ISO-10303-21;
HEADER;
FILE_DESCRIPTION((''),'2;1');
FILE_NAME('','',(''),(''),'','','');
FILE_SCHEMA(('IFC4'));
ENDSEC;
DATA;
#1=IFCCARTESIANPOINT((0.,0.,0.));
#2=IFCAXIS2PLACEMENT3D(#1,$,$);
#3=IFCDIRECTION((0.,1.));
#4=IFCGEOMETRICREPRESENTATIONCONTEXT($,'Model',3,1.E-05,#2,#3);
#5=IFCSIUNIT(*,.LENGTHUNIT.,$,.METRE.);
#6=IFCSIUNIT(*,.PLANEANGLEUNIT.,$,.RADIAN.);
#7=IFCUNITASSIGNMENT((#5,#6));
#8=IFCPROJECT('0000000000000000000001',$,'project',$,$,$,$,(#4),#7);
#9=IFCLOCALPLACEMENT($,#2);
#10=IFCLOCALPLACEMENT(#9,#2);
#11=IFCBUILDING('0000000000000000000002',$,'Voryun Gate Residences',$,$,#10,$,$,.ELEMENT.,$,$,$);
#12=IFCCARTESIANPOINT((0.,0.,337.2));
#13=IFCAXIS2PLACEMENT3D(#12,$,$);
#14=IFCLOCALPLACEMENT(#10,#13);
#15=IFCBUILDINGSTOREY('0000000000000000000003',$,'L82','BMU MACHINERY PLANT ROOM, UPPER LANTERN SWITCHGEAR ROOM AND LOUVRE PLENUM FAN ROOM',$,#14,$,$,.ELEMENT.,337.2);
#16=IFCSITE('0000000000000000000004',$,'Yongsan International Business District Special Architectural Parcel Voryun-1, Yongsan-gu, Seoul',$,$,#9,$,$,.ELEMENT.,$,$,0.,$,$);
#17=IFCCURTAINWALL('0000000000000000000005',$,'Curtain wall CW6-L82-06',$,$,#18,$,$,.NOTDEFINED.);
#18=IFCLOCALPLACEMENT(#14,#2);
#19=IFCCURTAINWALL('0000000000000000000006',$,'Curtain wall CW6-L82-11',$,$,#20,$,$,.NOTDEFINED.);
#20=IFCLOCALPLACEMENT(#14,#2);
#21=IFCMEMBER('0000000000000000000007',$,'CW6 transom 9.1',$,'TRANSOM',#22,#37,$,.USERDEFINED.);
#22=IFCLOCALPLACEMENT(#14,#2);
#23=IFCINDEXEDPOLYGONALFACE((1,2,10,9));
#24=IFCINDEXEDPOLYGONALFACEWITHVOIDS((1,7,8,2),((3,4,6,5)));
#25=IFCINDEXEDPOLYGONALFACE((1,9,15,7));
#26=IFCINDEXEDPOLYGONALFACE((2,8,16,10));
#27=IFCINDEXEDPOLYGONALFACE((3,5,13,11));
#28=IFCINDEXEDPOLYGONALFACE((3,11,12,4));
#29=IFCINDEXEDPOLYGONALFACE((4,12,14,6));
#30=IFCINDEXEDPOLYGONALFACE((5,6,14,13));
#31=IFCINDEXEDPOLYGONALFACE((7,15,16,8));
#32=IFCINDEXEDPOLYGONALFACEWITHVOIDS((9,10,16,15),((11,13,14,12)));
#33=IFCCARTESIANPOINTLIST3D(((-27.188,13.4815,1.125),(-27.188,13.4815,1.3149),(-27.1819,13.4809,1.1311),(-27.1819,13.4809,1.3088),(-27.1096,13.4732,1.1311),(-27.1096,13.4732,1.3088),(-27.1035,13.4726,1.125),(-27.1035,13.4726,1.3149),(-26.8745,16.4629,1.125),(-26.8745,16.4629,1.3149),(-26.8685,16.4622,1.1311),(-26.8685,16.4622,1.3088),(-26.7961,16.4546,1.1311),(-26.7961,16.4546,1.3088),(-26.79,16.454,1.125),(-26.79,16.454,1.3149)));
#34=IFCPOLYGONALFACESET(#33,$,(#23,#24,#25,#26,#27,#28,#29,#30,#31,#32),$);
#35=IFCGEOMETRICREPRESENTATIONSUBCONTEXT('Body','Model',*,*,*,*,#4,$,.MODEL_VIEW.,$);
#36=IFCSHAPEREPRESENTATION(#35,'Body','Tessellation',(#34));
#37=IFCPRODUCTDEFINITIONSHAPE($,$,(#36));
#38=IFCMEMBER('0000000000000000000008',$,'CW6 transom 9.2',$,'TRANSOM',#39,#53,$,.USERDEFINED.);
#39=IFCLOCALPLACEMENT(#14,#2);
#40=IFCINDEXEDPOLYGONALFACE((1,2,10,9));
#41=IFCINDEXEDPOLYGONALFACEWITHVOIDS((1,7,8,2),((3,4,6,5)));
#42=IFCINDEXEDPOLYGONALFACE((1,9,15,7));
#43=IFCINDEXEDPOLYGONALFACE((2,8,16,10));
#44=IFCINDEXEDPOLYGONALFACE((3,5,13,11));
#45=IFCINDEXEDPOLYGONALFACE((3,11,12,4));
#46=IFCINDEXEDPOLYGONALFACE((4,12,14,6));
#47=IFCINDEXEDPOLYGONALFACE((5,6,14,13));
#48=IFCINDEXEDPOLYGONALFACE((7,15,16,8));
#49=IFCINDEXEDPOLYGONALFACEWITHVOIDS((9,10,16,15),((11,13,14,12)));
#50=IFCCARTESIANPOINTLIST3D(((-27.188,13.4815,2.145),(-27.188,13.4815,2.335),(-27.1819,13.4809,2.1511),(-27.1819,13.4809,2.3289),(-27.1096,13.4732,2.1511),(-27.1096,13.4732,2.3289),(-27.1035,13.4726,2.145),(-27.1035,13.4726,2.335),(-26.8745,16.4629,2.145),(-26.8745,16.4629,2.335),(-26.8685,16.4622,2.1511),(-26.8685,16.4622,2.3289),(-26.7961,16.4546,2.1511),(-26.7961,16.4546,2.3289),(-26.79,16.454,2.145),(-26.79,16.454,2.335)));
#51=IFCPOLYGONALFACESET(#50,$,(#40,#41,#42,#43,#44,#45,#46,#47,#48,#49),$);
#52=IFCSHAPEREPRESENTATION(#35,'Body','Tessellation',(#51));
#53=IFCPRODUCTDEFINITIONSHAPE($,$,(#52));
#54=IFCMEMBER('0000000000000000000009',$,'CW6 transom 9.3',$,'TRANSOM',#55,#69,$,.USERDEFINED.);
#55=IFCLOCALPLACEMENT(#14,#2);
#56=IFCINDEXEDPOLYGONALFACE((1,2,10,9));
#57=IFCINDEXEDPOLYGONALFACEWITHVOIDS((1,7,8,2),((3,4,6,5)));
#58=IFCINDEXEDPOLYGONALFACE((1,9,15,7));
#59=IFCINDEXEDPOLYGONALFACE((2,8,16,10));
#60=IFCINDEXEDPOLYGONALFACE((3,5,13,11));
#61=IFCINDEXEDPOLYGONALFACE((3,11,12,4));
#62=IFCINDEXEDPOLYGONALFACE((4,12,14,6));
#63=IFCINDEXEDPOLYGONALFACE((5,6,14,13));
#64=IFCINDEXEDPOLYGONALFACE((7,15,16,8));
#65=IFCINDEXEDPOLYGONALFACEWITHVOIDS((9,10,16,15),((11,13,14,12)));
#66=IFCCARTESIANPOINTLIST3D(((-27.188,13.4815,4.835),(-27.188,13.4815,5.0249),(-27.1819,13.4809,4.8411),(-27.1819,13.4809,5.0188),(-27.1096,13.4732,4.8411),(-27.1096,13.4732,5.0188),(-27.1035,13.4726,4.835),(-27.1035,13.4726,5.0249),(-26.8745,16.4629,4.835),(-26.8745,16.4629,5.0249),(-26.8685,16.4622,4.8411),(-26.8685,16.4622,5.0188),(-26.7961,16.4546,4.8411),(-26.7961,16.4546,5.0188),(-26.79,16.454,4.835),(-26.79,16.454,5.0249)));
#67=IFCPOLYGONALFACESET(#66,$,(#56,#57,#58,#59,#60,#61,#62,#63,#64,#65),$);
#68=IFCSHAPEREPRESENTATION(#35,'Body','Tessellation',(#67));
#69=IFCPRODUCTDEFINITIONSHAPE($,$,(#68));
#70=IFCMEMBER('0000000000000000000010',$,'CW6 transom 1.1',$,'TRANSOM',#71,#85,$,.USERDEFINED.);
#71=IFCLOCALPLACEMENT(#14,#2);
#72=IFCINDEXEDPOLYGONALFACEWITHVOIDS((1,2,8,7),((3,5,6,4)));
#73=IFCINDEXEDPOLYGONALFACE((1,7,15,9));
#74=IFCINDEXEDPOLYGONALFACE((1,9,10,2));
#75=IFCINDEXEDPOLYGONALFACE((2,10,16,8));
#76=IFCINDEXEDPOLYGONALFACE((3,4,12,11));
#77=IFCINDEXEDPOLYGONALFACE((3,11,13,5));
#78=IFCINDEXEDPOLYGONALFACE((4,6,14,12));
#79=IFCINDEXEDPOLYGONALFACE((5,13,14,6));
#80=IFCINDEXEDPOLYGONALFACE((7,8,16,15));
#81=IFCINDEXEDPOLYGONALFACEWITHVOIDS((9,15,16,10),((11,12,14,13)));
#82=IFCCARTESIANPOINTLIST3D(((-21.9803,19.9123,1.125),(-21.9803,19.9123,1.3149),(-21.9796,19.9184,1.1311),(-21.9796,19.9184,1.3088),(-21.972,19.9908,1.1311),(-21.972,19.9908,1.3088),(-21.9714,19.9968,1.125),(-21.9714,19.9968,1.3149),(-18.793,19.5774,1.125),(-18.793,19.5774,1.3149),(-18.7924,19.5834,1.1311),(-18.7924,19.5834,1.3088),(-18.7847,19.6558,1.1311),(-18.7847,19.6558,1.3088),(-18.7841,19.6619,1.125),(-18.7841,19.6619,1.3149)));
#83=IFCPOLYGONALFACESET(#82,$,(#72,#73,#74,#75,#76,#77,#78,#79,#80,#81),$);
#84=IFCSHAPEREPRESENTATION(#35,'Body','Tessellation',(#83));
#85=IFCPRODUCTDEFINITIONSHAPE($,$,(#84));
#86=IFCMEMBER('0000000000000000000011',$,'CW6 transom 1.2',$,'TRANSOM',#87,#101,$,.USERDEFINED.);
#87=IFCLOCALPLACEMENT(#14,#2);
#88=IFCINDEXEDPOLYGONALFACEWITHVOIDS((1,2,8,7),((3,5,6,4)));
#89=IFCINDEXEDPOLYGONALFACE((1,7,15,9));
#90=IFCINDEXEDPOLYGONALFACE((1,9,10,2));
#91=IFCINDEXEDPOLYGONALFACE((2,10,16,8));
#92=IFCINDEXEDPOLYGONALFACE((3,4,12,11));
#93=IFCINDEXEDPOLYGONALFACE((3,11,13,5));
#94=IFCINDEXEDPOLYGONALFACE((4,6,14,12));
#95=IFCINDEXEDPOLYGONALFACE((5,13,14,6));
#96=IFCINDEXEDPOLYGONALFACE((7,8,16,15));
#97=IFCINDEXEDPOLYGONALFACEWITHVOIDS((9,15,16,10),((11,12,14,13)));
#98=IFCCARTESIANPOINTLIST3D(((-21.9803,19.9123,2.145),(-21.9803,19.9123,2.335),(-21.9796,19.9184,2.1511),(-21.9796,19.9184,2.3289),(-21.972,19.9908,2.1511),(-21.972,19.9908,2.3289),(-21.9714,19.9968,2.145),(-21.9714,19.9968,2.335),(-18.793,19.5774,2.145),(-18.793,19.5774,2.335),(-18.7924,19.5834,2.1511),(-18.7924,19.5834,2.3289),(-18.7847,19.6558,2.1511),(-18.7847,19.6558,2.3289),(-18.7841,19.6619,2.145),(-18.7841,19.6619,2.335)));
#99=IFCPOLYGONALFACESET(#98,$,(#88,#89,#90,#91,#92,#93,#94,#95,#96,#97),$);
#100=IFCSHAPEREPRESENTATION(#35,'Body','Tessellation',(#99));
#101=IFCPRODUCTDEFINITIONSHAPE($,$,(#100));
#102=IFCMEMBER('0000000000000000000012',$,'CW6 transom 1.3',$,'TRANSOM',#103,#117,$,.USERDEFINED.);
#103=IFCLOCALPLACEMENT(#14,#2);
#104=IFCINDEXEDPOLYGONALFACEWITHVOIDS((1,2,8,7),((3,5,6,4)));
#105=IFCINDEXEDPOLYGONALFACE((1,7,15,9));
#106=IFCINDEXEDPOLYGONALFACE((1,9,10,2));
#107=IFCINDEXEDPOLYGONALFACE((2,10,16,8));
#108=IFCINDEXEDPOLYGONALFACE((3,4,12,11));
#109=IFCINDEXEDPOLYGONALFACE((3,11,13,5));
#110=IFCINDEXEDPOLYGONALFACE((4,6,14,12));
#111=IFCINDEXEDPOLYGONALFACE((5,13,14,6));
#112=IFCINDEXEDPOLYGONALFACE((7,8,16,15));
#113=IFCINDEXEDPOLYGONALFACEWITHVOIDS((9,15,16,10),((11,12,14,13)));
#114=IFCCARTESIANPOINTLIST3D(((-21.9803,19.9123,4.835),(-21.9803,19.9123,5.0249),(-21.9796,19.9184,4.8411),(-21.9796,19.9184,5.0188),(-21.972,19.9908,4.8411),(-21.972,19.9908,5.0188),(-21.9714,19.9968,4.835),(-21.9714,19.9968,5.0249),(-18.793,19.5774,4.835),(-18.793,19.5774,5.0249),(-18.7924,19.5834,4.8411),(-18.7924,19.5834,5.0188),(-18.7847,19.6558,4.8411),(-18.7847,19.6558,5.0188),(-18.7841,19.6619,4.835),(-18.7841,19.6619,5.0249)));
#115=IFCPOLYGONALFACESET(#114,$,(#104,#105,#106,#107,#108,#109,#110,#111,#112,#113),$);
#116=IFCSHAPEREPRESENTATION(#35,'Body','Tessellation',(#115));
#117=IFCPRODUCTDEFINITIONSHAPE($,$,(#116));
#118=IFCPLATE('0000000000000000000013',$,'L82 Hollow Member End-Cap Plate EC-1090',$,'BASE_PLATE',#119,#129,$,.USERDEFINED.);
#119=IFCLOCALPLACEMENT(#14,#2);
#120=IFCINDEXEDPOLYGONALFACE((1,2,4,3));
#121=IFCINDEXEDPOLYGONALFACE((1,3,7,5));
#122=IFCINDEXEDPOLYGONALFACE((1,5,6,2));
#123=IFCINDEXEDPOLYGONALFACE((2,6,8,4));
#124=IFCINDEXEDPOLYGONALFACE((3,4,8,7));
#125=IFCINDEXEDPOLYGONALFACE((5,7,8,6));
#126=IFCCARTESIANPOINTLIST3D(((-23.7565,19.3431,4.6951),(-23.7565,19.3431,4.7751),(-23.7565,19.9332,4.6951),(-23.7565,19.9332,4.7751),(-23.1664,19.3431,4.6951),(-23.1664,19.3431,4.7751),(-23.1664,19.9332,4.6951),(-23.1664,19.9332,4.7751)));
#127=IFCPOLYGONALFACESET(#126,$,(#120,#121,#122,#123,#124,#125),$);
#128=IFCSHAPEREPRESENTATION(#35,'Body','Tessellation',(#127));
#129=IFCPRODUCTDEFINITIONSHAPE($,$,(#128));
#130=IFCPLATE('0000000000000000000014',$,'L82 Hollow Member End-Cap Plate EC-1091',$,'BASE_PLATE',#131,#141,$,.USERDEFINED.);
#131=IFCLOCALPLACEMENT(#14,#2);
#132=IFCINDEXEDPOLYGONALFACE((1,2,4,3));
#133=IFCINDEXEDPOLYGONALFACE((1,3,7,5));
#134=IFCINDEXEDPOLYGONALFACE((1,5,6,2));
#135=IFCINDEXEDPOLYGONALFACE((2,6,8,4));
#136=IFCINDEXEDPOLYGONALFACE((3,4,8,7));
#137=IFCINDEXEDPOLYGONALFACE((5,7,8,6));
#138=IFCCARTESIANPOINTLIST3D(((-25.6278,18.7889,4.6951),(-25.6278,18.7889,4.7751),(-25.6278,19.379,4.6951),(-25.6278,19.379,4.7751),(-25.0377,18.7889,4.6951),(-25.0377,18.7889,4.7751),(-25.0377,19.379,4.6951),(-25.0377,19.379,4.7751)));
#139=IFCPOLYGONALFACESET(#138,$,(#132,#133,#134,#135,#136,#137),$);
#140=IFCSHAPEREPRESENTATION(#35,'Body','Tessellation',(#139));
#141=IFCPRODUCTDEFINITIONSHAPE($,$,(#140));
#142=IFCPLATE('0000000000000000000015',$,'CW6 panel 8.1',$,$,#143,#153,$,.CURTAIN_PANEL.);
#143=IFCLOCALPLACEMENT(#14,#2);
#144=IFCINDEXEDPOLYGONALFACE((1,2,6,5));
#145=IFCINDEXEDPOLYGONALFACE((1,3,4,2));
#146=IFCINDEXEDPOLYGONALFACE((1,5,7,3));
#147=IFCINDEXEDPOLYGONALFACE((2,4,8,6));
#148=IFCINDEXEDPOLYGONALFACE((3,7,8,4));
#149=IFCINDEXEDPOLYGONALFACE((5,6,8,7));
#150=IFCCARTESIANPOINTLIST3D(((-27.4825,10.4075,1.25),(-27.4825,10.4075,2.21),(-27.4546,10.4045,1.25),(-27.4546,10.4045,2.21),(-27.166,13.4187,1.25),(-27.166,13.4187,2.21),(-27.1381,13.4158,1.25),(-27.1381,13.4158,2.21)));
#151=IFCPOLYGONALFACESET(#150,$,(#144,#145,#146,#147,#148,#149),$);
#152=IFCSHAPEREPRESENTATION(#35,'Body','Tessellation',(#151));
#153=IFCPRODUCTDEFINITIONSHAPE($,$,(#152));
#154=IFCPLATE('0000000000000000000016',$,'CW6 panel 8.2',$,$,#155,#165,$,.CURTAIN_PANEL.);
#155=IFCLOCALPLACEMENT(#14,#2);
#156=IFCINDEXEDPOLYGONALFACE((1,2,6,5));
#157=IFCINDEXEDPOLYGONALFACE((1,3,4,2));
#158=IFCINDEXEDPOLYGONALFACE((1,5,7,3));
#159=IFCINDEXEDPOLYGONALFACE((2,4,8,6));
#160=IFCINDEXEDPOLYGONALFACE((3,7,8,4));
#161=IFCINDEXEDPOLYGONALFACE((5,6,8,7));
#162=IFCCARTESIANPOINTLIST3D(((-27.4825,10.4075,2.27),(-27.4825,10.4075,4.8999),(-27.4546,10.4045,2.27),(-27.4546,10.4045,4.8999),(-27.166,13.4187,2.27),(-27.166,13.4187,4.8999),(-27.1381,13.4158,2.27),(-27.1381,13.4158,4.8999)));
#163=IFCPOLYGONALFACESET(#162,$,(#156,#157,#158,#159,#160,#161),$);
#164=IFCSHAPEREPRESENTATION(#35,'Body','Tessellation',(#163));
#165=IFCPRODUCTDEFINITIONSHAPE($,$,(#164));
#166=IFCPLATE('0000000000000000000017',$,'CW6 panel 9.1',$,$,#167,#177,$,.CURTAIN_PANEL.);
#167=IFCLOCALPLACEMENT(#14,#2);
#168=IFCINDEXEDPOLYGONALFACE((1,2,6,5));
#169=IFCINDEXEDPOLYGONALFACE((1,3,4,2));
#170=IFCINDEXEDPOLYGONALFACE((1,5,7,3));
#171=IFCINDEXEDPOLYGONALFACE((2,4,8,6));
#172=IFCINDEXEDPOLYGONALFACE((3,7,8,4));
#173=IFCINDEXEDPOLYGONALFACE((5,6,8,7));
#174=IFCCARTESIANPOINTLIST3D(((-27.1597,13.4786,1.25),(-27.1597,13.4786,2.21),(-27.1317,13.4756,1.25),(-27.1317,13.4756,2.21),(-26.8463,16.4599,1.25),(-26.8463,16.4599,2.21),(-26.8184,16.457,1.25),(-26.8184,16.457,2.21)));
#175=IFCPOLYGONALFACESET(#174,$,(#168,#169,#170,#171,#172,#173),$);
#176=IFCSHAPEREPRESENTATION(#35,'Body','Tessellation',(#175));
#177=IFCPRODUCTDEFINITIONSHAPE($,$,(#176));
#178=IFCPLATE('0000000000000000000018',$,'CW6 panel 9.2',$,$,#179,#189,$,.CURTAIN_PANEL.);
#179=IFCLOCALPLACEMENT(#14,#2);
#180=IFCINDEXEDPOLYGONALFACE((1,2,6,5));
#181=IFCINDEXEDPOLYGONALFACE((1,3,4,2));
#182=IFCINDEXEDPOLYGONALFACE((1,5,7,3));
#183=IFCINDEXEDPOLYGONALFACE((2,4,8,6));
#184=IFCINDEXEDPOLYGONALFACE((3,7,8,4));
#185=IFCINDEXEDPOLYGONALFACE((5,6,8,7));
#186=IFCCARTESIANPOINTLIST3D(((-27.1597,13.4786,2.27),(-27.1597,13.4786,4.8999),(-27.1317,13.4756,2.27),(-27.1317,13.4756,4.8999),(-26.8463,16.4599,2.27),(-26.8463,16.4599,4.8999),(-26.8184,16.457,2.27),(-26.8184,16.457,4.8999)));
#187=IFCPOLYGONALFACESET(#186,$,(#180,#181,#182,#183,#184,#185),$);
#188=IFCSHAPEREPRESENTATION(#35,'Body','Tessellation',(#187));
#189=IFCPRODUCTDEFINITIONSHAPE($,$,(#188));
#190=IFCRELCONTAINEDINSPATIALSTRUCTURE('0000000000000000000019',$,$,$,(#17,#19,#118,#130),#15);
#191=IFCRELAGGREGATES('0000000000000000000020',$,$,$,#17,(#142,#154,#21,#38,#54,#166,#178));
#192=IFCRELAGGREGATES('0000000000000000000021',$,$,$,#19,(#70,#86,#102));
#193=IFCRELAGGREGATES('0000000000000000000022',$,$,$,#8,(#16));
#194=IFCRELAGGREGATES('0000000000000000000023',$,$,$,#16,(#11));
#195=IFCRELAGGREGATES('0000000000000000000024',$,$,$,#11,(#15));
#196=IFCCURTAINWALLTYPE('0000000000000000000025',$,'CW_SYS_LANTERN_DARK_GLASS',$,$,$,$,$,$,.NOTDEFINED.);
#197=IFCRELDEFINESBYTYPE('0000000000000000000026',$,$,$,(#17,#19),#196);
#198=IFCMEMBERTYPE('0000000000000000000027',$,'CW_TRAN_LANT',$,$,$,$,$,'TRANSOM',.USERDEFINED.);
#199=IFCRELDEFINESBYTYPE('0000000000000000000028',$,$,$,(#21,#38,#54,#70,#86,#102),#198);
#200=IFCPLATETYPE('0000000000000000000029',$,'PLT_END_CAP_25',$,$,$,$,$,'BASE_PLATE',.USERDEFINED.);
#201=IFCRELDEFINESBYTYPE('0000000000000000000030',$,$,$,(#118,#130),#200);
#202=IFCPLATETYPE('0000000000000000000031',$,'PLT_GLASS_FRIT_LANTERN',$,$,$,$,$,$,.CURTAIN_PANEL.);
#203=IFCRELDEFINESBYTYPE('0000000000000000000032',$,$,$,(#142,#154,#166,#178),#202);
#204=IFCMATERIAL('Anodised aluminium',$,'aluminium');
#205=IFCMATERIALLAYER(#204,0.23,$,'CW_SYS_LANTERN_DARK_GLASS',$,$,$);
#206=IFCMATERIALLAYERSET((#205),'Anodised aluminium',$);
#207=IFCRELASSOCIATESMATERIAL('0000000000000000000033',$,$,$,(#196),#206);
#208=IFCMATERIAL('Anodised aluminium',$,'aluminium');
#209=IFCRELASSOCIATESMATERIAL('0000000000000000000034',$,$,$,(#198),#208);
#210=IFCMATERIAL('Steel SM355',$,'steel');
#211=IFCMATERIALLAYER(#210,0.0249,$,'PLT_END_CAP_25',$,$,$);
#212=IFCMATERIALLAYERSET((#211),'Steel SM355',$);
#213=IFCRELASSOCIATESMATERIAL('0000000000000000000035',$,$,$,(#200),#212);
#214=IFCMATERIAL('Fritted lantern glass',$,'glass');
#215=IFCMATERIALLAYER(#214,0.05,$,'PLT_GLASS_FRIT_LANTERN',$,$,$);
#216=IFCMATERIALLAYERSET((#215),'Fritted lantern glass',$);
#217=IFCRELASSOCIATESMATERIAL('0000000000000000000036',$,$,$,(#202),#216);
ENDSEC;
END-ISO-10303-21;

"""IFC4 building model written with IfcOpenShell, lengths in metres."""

from ifc_helpers import new_model, si_unit, direction, frame, origin, origin_2d, place, context, subcontext, project, spatial, rectangle, hollow_rectangle, extrude, material, layer, layer_set, material_profile, profile_set, type_object, element, aggregate, save


model = new_model("IFC4")

# Units and contexts
model_context = context("Model", 3, precision=1e-05, world=origin(), true_north=direction((0.0, 1.0)))
body_context = subcontext(model_context, "Body", "Model", "MODEL_VIEW")
ifc_project = project(units=[si_unit("LENGTHUNIT", "METRE"), si_unit("PLANEANGLEUNIT", "RADIAN")], contexts=[model_context])

# Site, building, storey
site_placement = place(None, origin())
site = spatial("IfcSite", under=ifc_project, at=site_placement, Name="Yongsan International Business District Special Architectural Parcel Voryun-1, Yongsan-gu, Seoul", CompositionType="ELEMENT", RefElevation=0.0)
building_placement = place(site_placement, origin())
building = spatial("IfcBuilding", under=site, at=building_placement, Name="Voryun Gate Residences", CompositionType="ELEMENT")
storey_placement = place(building_placement, frame((0.0, 0.0, 337.2)))
storey = spatial("IfcBuildingStorey", under=building, at=storey_placement, Name="L82", Description="BMU MACHINERY PLANT ROOM, UPPER LANTERN SWITCHGEAR ROOM AND LOUVRE PLENUM FAN ROOM", CompositionType="ELEMENT", Elevation=337.2)

# Curtain wall
ifc_material_1 = material(Name="Anodised aluminium", Category="aluminium")
ifc_layer_1 = layer(ifc_material_1, 0.23, Name="CW_SYS_LANTERN_DARK_GLASS")
ifc_layer_set_1 = layer_set([ifc_layer_1], Name="Anodised aluminium")
curtain_wall_type = type_object("IfcCurtainWallType", Name="CW_SYS_LANTERN_DARK_GLASS", PredefinedType="NOTDEFINED", material=ifc_layer_set_1)
curtain_wall_1_placement = place(storey_placement, origin())
curtain_wall_1 = element("IfcCurtainWall", 1, at=curtain_wall_1_placement, inside=storey, type_object=curtain_wall_type, Name="Curtain wall CW6-L82-06", PredefinedType="NOTDEFINED")

# Curtain wall
curtain_wall_2_placement = place(storey_placement, origin())
curtain_wall_2 = element("IfcCurtainWall", 2, at=curtain_wall_2_placement, inside=storey, type_object=curtain_wall_type, Name="Curtain wall CW6-L82-11", PredefinedType="NOTDEFINED")

# Members
ifc_material_2 = material(Name="Anodised aluminium", Category="aluminium")
ifc_material_profile_1 = material_profile(ifc_material_2, hollow_rectangle(XDim=0.085, YDim=0.1899, WallThickness=0.0061, at=origin_2d()), Name="ALU-TRAN-190x85x6")
ifc_profile_set_1 = profile_set([ifc_material_profile_1], Name="Anodised aluminium")
member_type_1 = type_object("IfcMemberType", Name="CW_TRAN_LANT", ElementType="TRANSOM", PredefinedType="USERDEFINED", material=ifc_profile_set_1)
member_1_placement = place(storey_placement, frame((-27.1458, 13.4771, 1.22), z_axis=(0.104566, 0.994518, 0.0), x_axis=(-0.994518, 0.104566, 0.0)))
member_1 = element("IfcMember", 3, at=member_1_placement, type_object=member_type_1, Name="CW6 transom 9.1", ObjectType="TRANSOM", PredefinedType="USERDEFINED", context=body_context, shape_type="SweptSolid", body=[
    extrude(hollow_rectangle(XDim=0.085, YDim=0.1899, WallThickness=0.0061, at=origin_2d()), origin(), (0.0, 0.0, 1.0), 2.9978),
])
member_2_placement = place(storey_placement, frame((-27.1458, 13.4771, 2.24), z_axis=(0.104566, 0.994518, 0.0), x_axis=(-0.994518, 0.104566, 0.0)))
member_2 = element("IfcMember", 4, at=member_2_placement, type_object=member_type_1, Name="CW6 transom 9.2", ObjectType="TRANSOM", PredefinedType="USERDEFINED", context=body_context, shape_type="SweptSolid", body=[
    extrude(hollow_rectangle(XDim=0.085, YDim=0.1899, WallThickness=0.0061, at=origin_2d()), origin(), (0.0, 0.0, 1.0), 2.9978),
])
member_3_placement = place(storey_placement, frame((-27.1458, 13.4771, 4.9299), z_axis=(0.104566, 0.994518, 0.0), x_axis=(-0.994518, 0.104566, 0.0)))
member_3 = element("IfcMember", 5, at=member_3_placement, type_object=member_type_1, Name="CW6 transom 9.3", ObjectType="TRANSOM", PredefinedType="USERDEFINED", context=body_context, shape_type="SweptSolid", body=[
    extrude(hollow_rectangle(XDim=0.085, YDim=0.1899, WallThickness=0.0061, at=origin_2d()), origin(), (0.0, 0.0, 1.0), 2.9978),
])
member_4_placement = place(storey_placement, frame((-21.9758, 19.9546, 1.22), z_axis=(0.994523, -0.104518, 0.0), x_axis=(0.104518, 0.994523, 0.0)))
member_4 = element("IfcMember", 6, at=member_4_placement, type_object=member_type_1, Name="CW6 transom 1.1", ObjectType="TRANSOM", PredefinedType="USERDEFINED", context=body_context, shape_type="SweptSolid", body=[
    extrude(hollow_rectangle(XDim=0.085, YDim=0.1899, WallThickness=0.0061, at=origin_2d()), origin(), (0.0, 0.0, 1.0), 3.2048),
])
member_5_placement = place(storey_placement, frame((-21.9758, 19.9546, 2.24), z_axis=(0.994523, -0.104518, 0.0), x_axis=(0.104518, 0.994523, 0.0)))
member_5 = element("IfcMember", 7, at=member_5_placement, type_object=member_type_1, Name="CW6 transom 1.2", ObjectType="TRANSOM", PredefinedType="USERDEFINED", context=body_context, shape_type="SweptSolid", body=[
    extrude(hollow_rectangle(XDim=0.085, YDim=0.1899, WallThickness=0.0061, at=origin_2d()), origin(), (0.0, 0.0, 1.0), 3.2048),
])
member_6_placement = place(storey_placement, frame((-21.9758, 19.9546, 4.9299), z_axis=(0.994523, -0.104518, 0.0), x_axis=(0.104518, 0.994523, 0.0)))
member_6 = element("IfcMember", 8, at=member_6_placement, type_object=member_type_1, Name="CW6 transom 1.3", ObjectType="TRANSOM", PredefinedType="USERDEFINED", context=body_context, shape_type="SweptSolid", body=[
    extrude(hollow_rectangle(XDim=0.085, YDim=0.1899, WallThickness=0.0061, at=origin_2d()), origin(), (0.0, 0.0, 1.0), 3.2048),
])

# Plates
ifc_material_3 = material(Name="Steel SM355", Category="steel")
ifc_layer_2 = layer(ifc_material_3, 0.0249, Name="PLT_END_CAP_25")
ifc_layer_set_2 = layer_set([ifc_layer_2], Name="Steel SM355")
plate_type_1 = type_object("IfcPlateType", Name="PLT_END_CAP_25", ElementType="BASE_PLATE", PredefinedType="USERDEFINED", material=ifc_layer_set_2)
for number, where, z_axis, x_axis, name in (
    (9, (-23.4614, 19.6382, 4.6951), (0.0, 0.0, 1.0), (1.0, 0.0, 0.0), "L82 Hollow Member End-Cap Plate EC-1090"),
    (10, (-25.3328, 19.084, 4.6951), (0.0, 0.0, 1.0), (1.0, 0.0, 0.0), "L82 Hollow Member End-Cap Plate EC-1091"),
):
    element("IfcPlate", number, at=place(storey_placement, frame(where, z_axis=z_axis, x_axis=x_axis)), inside=storey, type_object=plate_type_1, Name=name, ObjectType="BASE_PLATE", PredefinedType="USERDEFINED", context=body_context, shape_type="SweptSolid", body=[
        extrude(rectangle(XDim=0.5901, YDim=0.5901, at=origin_2d()), origin(), (0.0, 0.0, 1.0), 0.0801),
    ])

# Plates
ifc_material_4 = material(Name="Fritted lantern glass", Category="glass")
ifc_layer_3 = layer(ifc_material_4, 0.05, Name="PLT_GLASS_FRIT_LANTERN")
ifc_layer_set_3 = layer_set([ifc_layer_3], Name="Fritted lantern glass")
plate_type_2 = type_object("IfcPlateType", Name="PLT_GLASS_FRIT_LANTERN", PredefinedType="CURTAIN_PANEL", material=ifc_layer_set_3)
plate_1_placement = place(storey_placement, frame((-27.3103, 11.9116, 1.25), z_axis=(0.0, 0.0, 1.0), x_axis=(0.104528, 0.994522, 0.0)))
plate_1 = element("IfcPlate", 11, at=plate_1_placement, type_object=plate_type_2, Name="CW6 panel 8.1", PredefinedType="CURTAIN_PANEL", context=body_context, shape_type="SweptSolid", body=[
    extrude(rectangle(XDim=3.0278, YDim=0.0281, at=origin_2d()), origin(), (0.0, 0.0, 1.0), 0.96),
])
plate_2_placement = place(storey_placement, frame((-27.3103, 11.9116, 2.27), z_axis=(0.0, 0.0, 1.0), x_axis=(0.104528, 0.994522, 0.0)))
plate_2 = element("IfcPlate", 12, at=plate_2_placement, type_object=plate_type_2, Name="CW6 panel 8.2", PredefinedType="CURTAIN_PANEL", context=body_context, shape_type="SweptSolid", body=[
    extrude(rectangle(XDim=3.0278, YDim=0.0281, at=origin_2d()), origin(), (0.0, 0.0, 1.0), 2.6299),
])
plate_3_placement = place(storey_placement, frame((-26.989, 14.9678, 1.25), z_axis=(0.0, 0.0, 1.0), x_axis=(0.104528, 0.994522, 0.0)))
plate_3 = element("IfcPlate", 13, at=plate_3_placement, type_object=plate_type_2, Name="CW6 panel 9.1", PredefinedType="CURTAIN_PANEL", context=body_context, shape_type="SweptSolid", body=[
    extrude(rectangle(XDim=2.9978, YDim=0.0281, at=origin_2d()), origin(), (0.0, 0.0, 1.0), 0.96),
])
plate_4_placement = place(storey_placement, frame((-26.989, 14.9678, 2.27), z_axis=(0.0, 0.0, 1.0), x_axis=(0.104528, 0.994522, 0.0)))
plate_4 = element("IfcPlate", 14, at=plate_4_placement, type_object=plate_type_2, Name="CW6 panel 9.2", PredefinedType="CURTAIN_PANEL", context=body_context, shape_type="SweptSolid", body=[
    extrude(rectangle(XDim=2.9978, YDim=0.0281, at=origin_2d()), origin(), (0.0, 0.0, 1.0), 2.6299),
])
aggregate(curtain_wall_1, [plate_1, plate_2, member_1, member_2, member_3, plate_3, plate_4])
aggregate(curtain_wall_2, [member_4, member_5, member_6])

save(model, "model.ifc")
